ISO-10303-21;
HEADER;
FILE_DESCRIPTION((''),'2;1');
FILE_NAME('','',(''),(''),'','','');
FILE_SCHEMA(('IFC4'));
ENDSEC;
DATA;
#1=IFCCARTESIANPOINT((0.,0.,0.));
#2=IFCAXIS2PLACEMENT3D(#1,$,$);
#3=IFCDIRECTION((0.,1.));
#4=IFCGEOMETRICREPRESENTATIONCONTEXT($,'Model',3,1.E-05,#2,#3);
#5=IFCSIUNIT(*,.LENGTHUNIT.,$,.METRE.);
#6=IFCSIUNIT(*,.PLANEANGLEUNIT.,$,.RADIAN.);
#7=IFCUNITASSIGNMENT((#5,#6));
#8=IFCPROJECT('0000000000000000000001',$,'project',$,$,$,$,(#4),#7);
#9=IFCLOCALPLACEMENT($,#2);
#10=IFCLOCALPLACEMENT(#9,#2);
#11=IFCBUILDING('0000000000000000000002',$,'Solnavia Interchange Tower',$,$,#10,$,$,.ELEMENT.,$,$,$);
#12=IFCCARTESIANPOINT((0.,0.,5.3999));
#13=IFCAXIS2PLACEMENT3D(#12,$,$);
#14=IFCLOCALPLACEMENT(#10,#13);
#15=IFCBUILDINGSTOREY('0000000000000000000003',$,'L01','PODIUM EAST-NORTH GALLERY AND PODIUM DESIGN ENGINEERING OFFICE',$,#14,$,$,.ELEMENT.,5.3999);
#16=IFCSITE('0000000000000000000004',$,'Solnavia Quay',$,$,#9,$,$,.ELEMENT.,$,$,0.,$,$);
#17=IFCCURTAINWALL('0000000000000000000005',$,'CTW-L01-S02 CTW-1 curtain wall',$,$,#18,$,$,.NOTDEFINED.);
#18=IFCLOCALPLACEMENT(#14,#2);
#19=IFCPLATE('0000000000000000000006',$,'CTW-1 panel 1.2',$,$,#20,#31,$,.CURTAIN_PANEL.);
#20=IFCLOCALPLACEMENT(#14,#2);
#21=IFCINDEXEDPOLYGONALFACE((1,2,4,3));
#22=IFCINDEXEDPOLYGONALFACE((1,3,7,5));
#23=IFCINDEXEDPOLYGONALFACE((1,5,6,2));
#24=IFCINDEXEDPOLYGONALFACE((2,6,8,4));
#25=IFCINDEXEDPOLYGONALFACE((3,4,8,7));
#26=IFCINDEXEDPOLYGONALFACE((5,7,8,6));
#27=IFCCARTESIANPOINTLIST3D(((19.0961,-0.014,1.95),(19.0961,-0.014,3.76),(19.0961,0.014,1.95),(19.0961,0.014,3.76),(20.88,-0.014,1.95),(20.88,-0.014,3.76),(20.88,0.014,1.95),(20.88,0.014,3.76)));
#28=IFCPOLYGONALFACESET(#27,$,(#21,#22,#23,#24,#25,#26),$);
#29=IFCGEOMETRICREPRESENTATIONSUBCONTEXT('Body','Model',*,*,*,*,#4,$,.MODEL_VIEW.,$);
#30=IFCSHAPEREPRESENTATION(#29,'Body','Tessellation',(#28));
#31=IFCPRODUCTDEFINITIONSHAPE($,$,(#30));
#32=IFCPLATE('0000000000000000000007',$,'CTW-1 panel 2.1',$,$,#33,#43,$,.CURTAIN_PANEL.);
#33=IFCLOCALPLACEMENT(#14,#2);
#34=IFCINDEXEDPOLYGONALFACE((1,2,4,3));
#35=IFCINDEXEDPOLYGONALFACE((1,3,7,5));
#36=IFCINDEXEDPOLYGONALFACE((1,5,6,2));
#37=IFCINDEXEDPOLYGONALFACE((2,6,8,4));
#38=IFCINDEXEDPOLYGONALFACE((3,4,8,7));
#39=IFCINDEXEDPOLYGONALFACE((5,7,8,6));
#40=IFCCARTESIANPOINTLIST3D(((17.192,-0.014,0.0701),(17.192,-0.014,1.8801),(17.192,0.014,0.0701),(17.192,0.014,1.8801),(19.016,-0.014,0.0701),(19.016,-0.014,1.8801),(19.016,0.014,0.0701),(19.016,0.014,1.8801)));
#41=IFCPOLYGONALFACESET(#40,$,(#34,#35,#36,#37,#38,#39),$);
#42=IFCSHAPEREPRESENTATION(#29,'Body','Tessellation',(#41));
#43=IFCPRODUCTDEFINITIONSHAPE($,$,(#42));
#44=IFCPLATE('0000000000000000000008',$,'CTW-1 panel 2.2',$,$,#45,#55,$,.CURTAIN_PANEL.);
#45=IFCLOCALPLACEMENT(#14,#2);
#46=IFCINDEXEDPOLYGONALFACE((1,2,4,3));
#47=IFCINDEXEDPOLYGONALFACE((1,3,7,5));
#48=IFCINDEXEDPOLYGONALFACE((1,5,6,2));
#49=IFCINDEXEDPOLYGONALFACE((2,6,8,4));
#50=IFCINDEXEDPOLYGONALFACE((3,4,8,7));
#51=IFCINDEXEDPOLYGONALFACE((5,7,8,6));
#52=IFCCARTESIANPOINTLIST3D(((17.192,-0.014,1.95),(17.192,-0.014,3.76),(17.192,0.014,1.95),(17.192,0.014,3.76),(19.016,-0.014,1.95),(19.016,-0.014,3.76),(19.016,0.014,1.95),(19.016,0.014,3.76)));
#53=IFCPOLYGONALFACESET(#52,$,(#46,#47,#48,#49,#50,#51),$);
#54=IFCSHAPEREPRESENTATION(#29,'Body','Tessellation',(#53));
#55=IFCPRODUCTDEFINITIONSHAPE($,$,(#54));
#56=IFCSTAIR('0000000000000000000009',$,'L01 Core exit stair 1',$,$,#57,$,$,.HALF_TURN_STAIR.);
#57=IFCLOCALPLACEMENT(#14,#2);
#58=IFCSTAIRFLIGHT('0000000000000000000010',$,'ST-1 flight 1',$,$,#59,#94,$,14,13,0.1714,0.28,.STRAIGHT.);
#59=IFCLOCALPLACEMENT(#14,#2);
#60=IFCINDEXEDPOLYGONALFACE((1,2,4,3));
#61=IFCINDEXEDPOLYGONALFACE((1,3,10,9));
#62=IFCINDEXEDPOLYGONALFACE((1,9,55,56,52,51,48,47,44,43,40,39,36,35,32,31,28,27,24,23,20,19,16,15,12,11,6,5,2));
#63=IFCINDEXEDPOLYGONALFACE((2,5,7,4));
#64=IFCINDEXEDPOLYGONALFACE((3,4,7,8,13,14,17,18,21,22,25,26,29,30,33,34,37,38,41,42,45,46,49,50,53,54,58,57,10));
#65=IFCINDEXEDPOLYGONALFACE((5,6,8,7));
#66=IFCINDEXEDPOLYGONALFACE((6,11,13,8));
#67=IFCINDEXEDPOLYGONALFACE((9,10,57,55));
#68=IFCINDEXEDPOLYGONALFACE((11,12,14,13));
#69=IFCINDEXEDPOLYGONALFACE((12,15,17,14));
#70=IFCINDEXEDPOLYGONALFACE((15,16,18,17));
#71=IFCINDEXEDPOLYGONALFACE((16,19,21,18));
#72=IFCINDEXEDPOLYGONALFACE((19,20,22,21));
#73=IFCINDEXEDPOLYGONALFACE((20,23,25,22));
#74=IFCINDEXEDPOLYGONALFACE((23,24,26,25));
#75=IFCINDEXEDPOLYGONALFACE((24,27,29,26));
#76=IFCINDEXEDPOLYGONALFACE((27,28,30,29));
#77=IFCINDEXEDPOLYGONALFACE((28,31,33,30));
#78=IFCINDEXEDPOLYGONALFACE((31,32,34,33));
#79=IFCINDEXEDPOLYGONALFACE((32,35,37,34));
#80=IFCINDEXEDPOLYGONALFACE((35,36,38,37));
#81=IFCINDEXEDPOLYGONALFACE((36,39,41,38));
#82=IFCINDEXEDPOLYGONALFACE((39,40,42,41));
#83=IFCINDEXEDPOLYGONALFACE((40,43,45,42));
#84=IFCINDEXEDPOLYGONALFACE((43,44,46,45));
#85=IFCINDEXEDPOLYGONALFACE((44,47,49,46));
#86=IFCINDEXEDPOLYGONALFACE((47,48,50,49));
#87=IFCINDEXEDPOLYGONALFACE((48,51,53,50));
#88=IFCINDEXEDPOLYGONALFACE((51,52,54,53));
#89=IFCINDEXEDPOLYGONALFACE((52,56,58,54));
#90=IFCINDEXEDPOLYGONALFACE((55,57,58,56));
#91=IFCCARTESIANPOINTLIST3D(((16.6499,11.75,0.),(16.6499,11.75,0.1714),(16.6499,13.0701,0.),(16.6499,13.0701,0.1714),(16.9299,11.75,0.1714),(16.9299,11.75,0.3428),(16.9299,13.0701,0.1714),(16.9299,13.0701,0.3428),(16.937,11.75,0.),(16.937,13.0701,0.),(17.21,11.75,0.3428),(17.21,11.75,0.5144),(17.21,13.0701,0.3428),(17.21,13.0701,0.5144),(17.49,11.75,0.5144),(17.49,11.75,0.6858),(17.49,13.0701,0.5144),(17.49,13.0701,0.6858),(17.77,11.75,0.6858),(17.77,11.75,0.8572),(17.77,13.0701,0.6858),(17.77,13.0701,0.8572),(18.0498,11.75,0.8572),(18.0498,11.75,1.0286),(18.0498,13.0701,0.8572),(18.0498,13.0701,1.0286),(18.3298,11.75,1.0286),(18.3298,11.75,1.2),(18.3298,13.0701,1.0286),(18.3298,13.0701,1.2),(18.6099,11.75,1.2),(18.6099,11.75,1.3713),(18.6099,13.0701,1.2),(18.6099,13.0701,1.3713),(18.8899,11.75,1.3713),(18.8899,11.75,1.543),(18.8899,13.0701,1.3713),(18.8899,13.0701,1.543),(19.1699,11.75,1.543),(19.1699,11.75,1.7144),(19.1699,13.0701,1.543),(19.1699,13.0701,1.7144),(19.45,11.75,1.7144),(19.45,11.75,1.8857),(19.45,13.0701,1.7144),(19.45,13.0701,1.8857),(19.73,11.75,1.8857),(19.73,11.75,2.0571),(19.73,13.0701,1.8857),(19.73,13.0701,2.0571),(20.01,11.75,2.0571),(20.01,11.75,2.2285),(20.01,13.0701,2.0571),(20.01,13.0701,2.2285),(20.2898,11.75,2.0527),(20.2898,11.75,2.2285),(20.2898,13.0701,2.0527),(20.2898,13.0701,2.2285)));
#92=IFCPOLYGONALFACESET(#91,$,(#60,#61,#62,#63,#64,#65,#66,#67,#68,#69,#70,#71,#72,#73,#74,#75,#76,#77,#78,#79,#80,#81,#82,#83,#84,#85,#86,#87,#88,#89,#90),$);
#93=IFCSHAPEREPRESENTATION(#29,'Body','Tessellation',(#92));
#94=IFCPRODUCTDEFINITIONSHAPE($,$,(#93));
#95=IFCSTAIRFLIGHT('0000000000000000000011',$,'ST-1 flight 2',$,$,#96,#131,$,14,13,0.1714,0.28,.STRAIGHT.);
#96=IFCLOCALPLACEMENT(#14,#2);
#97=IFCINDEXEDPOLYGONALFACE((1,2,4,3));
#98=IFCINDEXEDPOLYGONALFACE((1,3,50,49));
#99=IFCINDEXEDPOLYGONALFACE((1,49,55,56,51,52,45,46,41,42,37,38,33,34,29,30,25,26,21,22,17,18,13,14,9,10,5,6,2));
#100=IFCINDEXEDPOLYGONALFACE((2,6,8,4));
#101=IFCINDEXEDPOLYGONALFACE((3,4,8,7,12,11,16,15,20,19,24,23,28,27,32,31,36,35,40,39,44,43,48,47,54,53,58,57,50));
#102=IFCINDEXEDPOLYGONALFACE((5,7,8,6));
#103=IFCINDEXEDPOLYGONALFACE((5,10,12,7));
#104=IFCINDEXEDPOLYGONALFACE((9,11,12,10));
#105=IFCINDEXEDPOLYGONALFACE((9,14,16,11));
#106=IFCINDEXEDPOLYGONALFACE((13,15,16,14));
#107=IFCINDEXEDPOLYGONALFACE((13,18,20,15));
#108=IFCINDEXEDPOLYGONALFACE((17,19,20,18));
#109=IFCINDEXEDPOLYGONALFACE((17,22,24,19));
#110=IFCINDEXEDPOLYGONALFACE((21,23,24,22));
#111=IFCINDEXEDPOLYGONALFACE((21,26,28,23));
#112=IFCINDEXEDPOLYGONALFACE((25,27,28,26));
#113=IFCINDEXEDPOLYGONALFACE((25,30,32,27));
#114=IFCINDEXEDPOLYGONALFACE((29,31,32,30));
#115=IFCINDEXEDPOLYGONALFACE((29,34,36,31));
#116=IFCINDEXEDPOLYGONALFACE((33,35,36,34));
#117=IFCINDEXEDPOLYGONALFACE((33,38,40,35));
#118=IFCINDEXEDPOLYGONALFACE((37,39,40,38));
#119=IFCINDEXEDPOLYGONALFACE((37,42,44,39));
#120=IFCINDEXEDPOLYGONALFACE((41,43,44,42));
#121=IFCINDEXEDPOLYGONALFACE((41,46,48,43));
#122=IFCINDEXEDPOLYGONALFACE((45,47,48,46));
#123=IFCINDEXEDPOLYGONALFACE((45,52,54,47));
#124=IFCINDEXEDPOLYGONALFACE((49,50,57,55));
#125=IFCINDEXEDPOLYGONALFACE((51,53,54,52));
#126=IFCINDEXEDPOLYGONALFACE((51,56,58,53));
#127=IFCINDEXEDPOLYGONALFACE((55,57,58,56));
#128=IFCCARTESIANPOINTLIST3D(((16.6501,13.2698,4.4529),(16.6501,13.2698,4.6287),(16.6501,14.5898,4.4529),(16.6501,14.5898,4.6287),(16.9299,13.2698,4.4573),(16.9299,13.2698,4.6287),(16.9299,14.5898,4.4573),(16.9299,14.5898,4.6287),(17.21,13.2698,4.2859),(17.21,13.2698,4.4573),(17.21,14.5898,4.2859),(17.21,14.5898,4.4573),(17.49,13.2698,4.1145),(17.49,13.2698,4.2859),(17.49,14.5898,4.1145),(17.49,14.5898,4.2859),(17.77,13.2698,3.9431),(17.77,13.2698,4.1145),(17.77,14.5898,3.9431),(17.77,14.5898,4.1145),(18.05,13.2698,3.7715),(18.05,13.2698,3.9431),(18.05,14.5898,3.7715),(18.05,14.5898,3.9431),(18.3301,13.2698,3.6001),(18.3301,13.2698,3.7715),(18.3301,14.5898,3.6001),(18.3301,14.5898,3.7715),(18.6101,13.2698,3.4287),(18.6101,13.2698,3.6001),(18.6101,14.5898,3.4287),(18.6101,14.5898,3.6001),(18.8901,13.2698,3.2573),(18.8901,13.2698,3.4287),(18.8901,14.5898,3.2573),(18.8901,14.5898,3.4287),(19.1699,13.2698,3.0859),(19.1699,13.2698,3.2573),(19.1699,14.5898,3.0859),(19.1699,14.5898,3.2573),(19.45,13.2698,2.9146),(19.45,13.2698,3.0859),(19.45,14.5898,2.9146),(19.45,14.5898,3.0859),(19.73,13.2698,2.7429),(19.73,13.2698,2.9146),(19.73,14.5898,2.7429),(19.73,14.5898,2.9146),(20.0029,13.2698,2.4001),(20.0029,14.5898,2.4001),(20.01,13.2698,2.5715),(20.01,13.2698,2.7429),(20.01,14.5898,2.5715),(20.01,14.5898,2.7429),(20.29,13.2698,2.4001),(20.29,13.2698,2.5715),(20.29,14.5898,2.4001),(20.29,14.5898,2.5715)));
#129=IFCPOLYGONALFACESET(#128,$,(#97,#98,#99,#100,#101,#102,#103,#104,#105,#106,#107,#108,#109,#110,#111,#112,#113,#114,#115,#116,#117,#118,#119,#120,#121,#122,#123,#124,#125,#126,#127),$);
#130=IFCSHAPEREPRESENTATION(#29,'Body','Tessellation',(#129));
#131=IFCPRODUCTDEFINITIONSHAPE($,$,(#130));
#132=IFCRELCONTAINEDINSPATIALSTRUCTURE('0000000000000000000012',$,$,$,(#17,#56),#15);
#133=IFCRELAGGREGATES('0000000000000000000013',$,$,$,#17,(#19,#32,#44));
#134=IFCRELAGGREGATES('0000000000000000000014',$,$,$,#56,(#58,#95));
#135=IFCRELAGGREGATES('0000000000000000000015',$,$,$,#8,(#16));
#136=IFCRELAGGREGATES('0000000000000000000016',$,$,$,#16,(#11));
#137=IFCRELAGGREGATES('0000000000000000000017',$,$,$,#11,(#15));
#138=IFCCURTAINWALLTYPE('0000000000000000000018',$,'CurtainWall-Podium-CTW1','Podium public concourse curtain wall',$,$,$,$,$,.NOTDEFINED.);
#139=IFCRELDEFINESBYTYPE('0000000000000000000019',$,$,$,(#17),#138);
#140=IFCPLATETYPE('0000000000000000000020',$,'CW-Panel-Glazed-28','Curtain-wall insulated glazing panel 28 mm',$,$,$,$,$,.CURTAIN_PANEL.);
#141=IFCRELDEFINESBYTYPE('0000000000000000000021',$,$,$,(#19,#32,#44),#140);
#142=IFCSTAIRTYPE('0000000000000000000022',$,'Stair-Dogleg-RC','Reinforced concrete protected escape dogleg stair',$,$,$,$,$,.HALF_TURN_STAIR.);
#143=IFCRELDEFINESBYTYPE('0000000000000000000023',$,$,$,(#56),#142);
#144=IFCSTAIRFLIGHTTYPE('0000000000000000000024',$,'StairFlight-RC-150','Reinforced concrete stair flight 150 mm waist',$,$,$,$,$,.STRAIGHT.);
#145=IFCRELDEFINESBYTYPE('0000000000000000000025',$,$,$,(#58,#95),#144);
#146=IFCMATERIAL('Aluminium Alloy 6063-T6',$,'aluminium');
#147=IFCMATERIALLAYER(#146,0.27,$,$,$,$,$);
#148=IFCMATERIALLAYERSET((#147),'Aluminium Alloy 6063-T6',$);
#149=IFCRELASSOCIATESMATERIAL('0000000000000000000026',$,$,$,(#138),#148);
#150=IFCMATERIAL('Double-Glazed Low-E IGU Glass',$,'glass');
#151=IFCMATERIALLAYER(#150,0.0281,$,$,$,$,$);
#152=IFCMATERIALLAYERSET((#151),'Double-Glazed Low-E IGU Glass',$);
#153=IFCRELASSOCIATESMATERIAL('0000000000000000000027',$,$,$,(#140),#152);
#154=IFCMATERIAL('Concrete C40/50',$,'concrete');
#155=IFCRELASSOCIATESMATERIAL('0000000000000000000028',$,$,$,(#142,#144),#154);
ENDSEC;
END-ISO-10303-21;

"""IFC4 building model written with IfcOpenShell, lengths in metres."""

from ifc_helpers import new_model, si_unit, direction, frame, origin, origin_2d, place, context, subcontext, project, spatial, polyline, rectangle, outline, extrude, material, layer, layer_set, type_object, element, aggregate, save


model = new_model("IFC4")

# Units and contexts
model_context = context("Model", 3, precision=1e-05, world=origin(), true_north=direction((0.0, 1.0)))
body_context = subcontext(model_context, "Body", "Model", "MODEL_VIEW")
ifc_project = project(units=[si_unit("LENGTHUNIT", "METRE"), si_unit("PLANEANGLEUNIT", "RADIAN")], contexts=[model_context])

# Site, building, storey
site_placement = place(None, origin())
site = spatial("IfcSite", under=ifc_project, at=site_placement, Name="Solnavia Quay", CompositionType="ELEMENT", RefElevation=0.0)
building_placement = place(site_placement, origin())
building = spatial("IfcBuilding", under=site, at=building_placement, Name="Solnavia Interchange Tower", CompositionType="ELEMENT")
storey_placement = place(building_placement, frame((0.0, 0.0, 5.3999)))
storey = spatial("IfcBuildingStorey", under=building, at=storey_placement, Name="L01", Description="PODIUM EAST-NORTH GALLERY AND PODIUM DESIGN ENGINEERING OFFICE", CompositionType="ELEMENT", Elevation=5.3999)

# Curtain wall, plates
ifc_material_1 = material(Name="Aluminium Alloy 6063-T6", Category="aluminium")
ifc_layer_1 = layer(ifc_material_1, 0.27)
ifc_layer_set_1 = layer_set([ifc_layer_1], Name="Aluminium Alloy 6063-T6")
curtain_wall_type = type_object("IfcCurtainWallType", Name="CurtainWall-Podium-CTW1", Description="Podium public concourse curtain wall", PredefinedType="NOTDEFINED", material=ifc_layer_set_1)
curtain_wall_placement = place(storey_placement, origin())
curtain_wall = element("IfcCurtainWall", 1, at=curtain_wall_placement, inside=storey, type_object=curtain_wall_type, Name="CTW-L01-S02 CTW-1 curtain wall", PredefinedType="NOTDEFINED")
ifc_material_2 = material(Name="Double-Glazed Low-E IGU Glass", Category="glass")
ifc_layer_2 = layer(ifc_material_2, 0.0281)
ifc_layer_set_2 = layer_set([ifc_layer_2], Name="Double-Glazed Low-E IGU Glass")
plate_type = type_object("IfcPlateType", Name="CW-Panel-Glazed-28", Description="Curtain-wall insulated glazing panel 28 mm", PredefinedType="CURTAIN_PANEL", material=ifc_layer_set_2)
plate_1_placement = place(storey_placement, frame((19.988, 0.0, 1.95), z_axis=(0.0, 0.0, 1.0), x_axis=(-1.0, 0.0, 0.0)))
plate_1 = element("IfcPlate", 2, at=plate_1_placement, type_object=plate_type, Name="CTW-1 panel 1.2", PredefinedType="CURTAIN_PANEL", context=body_context, shape_type="SweptSolid", body=[
    extrude(rectangle(XDim=1.7839, YDim=0.0281, at=origin_2d()), origin(), (0.0, 0.0, 1.0), 1.8101),
])
plate_2_placement = place(storey_placement, frame((18.104, 0.0, 0.0701), z_axis=(0.0, 0.0, 1.0), x_axis=(-1.0, 0.0, 0.0)))
plate_2 = element("IfcPlate", 3, at=plate_2_placement, type_object=plate_type, Name="CTW-1 panel 2.1", PredefinedType="CURTAIN_PANEL", context=body_context, shape_type="SweptSolid", body=[
    extrude(rectangle(XDim=1.824, YDim=0.0281, at=origin_2d()), origin(), (0.0, 0.0, 1.0), 1.8101),
])
plate_3_placement = place(storey_placement, frame((18.104, 0.0, 1.95), z_axis=(0.0, 0.0, 1.0), x_axis=(-1.0, 0.0, 0.0)))
plate_3 = element("IfcPlate", 4, at=plate_3_placement, type_object=plate_type, Name="CTW-1 panel 2.2", PredefinedType="CURTAIN_PANEL", context=body_context, shape_type="SweptSolid", body=[
    extrude(rectangle(XDim=1.824, YDim=0.0281, at=origin_2d()), origin(), (0.0, 0.0, 1.0), 1.8101),
])
aggregate(curtain_wall, [plate_1, plate_2, plate_3])

# Stair, stair flights
ifc_material_3 = material(Name="Concrete C40/50", Category="concrete")
stair_type = type_object("IfcStairType", Name="Stair-Dogleg-RC", Description="Reinforced concrete protected escape dogleg stair", PredefinedType="HALF_TURN_STAIR", material=ifc_material_3)
stair_placement = place(storey_placement, origin())
stair = element("IfcStair", 5, at=stair_placement, inside=storey, type_object=stair_type, Name="L01 Core exit stair 1", PredefinedType="HALF_TURN_STAIR")
stair_flight_type = type_object("IfcStairFlightType", Name="StairFlight-RC-150", Description="Reinforced concrete stair flight 150 mm waist", PredefinedType="STRAIGHT", material=ifc_material_3)
stair_flight_1_placement = place(storey_placement, frame((16.6499, 12.4099, 0.0), z_axis=(0.0, 0.0, 1.0), x_axis=(1.0, 0.0, 0.0)))
stair_flight_1 = element("IfcStairFlight", 6, at=stair_flight_1_placement, type_object=stair_flight_type, Name="ST-1 flight 1", NumberOfRisers=14, NumberOfTreads=13, PredefinedType="STRAIGHT", RiserHeight=0.1714, TreadLength=0.28, context=body_context, shape_type="SweptSolid", body=[
    extrude(outline(polyline([(0.0, 0.0), (0.0, 0.1714), (0.28, 0.1714), (0.28, 0.3428), (0.5601, 0.3428), (0.5601, 0.5144), (0.8401, 0.5144), (0.8401, 0.6858), (1.1201, 0.6858), (1.1201, 0.8572), (1.3999, 0.8572), (1.3999, 1.0286), (1.6799, 1.0286), (1.6799, 1.2), (1.96, 1.2), (1.96, 1.3713), (2.24, 1.3713), (2.24, 1.543), (2.52, 1.543), (2.52, 1.7144), (2.8, 1.7144), (2.8, 1.8857), (3.0801, 1.8857), (3.0801, 2.0571), (3.3601, 2.0571), (3.3601, 2.2285), (3.6399, 2.2285), (3.6399, 2.3999), (3.6399, 2.0527), (0.2871, 0.0), (0.0, 0.0)])), frame((0.0, 0.6602, 0.0), z_axis=(0.0, -1.0, 0.0), x_axis=(1.0, 0.0, 0.0)), (0.0, 0.0, 1.0), 1.3201),
])
stair_flight_2_placement = place(storey_placement, frame((20.29, 13.9299, 2.4001), z_axis=(0.0, 0.0, 1.0), x_axis=(-1.0, 0.0, 0.0)))
stair_flight_2 = element("IfcStairFlight", 7, at=stair_flight_2_placement, type_object=stair_flight_type, Name="ST-1 flight 2", NumberOfRisers=14, NumberOfTreads=13, PredefinedType="STRAIGHT", RiserHeight=0.1714, TreadLength=0.28, context=body_context, shape_type="SweptSolid", body=[
    extrude(outline(polyline([(0.0, 0.0), (0.0, 0.1714), (0.28, 0.1714), (0.28, 0.3428), (0.5601, 0.3428), (0.5601, 0.5144), (0.8401, 0.5144), (0.8401, 0.6858), (1.1201, 0.6858), (1.1201, 0.8572), (1.3999, 0.8572), (1.3999, 1.0286), (1.6799, 1.0286), (1.6799, 1.2), (1.96, 1.2), (1.96, 1.3713), (2.24, 1.3713), (2.24, 1.543), (2.52, 1.543), (2.52, 1.7144), (2.8, 1.7144), (2.8, 1.8857), (3.0801, 1.8857), (3.0801, 2.0571), (3.3601, 2.0571), (3.3601, 2.2285), (3.6399, 2.2285), (3.6399, 2.3999), (3.6399, 2.0527), (0.2871, 0.0), (0.0, 0.0)])), frame((0.0, 0.6602, 0.0), z_axis=(0.0, -1.0, 0.0), x_axis=(1.0, 0.0, 0.0)), (0.0, 0.0, 1.0), 1.3201),
])
aggregate(stair, [stair_flight_1, stair_flight_2])

save(model, "model.ifc")
